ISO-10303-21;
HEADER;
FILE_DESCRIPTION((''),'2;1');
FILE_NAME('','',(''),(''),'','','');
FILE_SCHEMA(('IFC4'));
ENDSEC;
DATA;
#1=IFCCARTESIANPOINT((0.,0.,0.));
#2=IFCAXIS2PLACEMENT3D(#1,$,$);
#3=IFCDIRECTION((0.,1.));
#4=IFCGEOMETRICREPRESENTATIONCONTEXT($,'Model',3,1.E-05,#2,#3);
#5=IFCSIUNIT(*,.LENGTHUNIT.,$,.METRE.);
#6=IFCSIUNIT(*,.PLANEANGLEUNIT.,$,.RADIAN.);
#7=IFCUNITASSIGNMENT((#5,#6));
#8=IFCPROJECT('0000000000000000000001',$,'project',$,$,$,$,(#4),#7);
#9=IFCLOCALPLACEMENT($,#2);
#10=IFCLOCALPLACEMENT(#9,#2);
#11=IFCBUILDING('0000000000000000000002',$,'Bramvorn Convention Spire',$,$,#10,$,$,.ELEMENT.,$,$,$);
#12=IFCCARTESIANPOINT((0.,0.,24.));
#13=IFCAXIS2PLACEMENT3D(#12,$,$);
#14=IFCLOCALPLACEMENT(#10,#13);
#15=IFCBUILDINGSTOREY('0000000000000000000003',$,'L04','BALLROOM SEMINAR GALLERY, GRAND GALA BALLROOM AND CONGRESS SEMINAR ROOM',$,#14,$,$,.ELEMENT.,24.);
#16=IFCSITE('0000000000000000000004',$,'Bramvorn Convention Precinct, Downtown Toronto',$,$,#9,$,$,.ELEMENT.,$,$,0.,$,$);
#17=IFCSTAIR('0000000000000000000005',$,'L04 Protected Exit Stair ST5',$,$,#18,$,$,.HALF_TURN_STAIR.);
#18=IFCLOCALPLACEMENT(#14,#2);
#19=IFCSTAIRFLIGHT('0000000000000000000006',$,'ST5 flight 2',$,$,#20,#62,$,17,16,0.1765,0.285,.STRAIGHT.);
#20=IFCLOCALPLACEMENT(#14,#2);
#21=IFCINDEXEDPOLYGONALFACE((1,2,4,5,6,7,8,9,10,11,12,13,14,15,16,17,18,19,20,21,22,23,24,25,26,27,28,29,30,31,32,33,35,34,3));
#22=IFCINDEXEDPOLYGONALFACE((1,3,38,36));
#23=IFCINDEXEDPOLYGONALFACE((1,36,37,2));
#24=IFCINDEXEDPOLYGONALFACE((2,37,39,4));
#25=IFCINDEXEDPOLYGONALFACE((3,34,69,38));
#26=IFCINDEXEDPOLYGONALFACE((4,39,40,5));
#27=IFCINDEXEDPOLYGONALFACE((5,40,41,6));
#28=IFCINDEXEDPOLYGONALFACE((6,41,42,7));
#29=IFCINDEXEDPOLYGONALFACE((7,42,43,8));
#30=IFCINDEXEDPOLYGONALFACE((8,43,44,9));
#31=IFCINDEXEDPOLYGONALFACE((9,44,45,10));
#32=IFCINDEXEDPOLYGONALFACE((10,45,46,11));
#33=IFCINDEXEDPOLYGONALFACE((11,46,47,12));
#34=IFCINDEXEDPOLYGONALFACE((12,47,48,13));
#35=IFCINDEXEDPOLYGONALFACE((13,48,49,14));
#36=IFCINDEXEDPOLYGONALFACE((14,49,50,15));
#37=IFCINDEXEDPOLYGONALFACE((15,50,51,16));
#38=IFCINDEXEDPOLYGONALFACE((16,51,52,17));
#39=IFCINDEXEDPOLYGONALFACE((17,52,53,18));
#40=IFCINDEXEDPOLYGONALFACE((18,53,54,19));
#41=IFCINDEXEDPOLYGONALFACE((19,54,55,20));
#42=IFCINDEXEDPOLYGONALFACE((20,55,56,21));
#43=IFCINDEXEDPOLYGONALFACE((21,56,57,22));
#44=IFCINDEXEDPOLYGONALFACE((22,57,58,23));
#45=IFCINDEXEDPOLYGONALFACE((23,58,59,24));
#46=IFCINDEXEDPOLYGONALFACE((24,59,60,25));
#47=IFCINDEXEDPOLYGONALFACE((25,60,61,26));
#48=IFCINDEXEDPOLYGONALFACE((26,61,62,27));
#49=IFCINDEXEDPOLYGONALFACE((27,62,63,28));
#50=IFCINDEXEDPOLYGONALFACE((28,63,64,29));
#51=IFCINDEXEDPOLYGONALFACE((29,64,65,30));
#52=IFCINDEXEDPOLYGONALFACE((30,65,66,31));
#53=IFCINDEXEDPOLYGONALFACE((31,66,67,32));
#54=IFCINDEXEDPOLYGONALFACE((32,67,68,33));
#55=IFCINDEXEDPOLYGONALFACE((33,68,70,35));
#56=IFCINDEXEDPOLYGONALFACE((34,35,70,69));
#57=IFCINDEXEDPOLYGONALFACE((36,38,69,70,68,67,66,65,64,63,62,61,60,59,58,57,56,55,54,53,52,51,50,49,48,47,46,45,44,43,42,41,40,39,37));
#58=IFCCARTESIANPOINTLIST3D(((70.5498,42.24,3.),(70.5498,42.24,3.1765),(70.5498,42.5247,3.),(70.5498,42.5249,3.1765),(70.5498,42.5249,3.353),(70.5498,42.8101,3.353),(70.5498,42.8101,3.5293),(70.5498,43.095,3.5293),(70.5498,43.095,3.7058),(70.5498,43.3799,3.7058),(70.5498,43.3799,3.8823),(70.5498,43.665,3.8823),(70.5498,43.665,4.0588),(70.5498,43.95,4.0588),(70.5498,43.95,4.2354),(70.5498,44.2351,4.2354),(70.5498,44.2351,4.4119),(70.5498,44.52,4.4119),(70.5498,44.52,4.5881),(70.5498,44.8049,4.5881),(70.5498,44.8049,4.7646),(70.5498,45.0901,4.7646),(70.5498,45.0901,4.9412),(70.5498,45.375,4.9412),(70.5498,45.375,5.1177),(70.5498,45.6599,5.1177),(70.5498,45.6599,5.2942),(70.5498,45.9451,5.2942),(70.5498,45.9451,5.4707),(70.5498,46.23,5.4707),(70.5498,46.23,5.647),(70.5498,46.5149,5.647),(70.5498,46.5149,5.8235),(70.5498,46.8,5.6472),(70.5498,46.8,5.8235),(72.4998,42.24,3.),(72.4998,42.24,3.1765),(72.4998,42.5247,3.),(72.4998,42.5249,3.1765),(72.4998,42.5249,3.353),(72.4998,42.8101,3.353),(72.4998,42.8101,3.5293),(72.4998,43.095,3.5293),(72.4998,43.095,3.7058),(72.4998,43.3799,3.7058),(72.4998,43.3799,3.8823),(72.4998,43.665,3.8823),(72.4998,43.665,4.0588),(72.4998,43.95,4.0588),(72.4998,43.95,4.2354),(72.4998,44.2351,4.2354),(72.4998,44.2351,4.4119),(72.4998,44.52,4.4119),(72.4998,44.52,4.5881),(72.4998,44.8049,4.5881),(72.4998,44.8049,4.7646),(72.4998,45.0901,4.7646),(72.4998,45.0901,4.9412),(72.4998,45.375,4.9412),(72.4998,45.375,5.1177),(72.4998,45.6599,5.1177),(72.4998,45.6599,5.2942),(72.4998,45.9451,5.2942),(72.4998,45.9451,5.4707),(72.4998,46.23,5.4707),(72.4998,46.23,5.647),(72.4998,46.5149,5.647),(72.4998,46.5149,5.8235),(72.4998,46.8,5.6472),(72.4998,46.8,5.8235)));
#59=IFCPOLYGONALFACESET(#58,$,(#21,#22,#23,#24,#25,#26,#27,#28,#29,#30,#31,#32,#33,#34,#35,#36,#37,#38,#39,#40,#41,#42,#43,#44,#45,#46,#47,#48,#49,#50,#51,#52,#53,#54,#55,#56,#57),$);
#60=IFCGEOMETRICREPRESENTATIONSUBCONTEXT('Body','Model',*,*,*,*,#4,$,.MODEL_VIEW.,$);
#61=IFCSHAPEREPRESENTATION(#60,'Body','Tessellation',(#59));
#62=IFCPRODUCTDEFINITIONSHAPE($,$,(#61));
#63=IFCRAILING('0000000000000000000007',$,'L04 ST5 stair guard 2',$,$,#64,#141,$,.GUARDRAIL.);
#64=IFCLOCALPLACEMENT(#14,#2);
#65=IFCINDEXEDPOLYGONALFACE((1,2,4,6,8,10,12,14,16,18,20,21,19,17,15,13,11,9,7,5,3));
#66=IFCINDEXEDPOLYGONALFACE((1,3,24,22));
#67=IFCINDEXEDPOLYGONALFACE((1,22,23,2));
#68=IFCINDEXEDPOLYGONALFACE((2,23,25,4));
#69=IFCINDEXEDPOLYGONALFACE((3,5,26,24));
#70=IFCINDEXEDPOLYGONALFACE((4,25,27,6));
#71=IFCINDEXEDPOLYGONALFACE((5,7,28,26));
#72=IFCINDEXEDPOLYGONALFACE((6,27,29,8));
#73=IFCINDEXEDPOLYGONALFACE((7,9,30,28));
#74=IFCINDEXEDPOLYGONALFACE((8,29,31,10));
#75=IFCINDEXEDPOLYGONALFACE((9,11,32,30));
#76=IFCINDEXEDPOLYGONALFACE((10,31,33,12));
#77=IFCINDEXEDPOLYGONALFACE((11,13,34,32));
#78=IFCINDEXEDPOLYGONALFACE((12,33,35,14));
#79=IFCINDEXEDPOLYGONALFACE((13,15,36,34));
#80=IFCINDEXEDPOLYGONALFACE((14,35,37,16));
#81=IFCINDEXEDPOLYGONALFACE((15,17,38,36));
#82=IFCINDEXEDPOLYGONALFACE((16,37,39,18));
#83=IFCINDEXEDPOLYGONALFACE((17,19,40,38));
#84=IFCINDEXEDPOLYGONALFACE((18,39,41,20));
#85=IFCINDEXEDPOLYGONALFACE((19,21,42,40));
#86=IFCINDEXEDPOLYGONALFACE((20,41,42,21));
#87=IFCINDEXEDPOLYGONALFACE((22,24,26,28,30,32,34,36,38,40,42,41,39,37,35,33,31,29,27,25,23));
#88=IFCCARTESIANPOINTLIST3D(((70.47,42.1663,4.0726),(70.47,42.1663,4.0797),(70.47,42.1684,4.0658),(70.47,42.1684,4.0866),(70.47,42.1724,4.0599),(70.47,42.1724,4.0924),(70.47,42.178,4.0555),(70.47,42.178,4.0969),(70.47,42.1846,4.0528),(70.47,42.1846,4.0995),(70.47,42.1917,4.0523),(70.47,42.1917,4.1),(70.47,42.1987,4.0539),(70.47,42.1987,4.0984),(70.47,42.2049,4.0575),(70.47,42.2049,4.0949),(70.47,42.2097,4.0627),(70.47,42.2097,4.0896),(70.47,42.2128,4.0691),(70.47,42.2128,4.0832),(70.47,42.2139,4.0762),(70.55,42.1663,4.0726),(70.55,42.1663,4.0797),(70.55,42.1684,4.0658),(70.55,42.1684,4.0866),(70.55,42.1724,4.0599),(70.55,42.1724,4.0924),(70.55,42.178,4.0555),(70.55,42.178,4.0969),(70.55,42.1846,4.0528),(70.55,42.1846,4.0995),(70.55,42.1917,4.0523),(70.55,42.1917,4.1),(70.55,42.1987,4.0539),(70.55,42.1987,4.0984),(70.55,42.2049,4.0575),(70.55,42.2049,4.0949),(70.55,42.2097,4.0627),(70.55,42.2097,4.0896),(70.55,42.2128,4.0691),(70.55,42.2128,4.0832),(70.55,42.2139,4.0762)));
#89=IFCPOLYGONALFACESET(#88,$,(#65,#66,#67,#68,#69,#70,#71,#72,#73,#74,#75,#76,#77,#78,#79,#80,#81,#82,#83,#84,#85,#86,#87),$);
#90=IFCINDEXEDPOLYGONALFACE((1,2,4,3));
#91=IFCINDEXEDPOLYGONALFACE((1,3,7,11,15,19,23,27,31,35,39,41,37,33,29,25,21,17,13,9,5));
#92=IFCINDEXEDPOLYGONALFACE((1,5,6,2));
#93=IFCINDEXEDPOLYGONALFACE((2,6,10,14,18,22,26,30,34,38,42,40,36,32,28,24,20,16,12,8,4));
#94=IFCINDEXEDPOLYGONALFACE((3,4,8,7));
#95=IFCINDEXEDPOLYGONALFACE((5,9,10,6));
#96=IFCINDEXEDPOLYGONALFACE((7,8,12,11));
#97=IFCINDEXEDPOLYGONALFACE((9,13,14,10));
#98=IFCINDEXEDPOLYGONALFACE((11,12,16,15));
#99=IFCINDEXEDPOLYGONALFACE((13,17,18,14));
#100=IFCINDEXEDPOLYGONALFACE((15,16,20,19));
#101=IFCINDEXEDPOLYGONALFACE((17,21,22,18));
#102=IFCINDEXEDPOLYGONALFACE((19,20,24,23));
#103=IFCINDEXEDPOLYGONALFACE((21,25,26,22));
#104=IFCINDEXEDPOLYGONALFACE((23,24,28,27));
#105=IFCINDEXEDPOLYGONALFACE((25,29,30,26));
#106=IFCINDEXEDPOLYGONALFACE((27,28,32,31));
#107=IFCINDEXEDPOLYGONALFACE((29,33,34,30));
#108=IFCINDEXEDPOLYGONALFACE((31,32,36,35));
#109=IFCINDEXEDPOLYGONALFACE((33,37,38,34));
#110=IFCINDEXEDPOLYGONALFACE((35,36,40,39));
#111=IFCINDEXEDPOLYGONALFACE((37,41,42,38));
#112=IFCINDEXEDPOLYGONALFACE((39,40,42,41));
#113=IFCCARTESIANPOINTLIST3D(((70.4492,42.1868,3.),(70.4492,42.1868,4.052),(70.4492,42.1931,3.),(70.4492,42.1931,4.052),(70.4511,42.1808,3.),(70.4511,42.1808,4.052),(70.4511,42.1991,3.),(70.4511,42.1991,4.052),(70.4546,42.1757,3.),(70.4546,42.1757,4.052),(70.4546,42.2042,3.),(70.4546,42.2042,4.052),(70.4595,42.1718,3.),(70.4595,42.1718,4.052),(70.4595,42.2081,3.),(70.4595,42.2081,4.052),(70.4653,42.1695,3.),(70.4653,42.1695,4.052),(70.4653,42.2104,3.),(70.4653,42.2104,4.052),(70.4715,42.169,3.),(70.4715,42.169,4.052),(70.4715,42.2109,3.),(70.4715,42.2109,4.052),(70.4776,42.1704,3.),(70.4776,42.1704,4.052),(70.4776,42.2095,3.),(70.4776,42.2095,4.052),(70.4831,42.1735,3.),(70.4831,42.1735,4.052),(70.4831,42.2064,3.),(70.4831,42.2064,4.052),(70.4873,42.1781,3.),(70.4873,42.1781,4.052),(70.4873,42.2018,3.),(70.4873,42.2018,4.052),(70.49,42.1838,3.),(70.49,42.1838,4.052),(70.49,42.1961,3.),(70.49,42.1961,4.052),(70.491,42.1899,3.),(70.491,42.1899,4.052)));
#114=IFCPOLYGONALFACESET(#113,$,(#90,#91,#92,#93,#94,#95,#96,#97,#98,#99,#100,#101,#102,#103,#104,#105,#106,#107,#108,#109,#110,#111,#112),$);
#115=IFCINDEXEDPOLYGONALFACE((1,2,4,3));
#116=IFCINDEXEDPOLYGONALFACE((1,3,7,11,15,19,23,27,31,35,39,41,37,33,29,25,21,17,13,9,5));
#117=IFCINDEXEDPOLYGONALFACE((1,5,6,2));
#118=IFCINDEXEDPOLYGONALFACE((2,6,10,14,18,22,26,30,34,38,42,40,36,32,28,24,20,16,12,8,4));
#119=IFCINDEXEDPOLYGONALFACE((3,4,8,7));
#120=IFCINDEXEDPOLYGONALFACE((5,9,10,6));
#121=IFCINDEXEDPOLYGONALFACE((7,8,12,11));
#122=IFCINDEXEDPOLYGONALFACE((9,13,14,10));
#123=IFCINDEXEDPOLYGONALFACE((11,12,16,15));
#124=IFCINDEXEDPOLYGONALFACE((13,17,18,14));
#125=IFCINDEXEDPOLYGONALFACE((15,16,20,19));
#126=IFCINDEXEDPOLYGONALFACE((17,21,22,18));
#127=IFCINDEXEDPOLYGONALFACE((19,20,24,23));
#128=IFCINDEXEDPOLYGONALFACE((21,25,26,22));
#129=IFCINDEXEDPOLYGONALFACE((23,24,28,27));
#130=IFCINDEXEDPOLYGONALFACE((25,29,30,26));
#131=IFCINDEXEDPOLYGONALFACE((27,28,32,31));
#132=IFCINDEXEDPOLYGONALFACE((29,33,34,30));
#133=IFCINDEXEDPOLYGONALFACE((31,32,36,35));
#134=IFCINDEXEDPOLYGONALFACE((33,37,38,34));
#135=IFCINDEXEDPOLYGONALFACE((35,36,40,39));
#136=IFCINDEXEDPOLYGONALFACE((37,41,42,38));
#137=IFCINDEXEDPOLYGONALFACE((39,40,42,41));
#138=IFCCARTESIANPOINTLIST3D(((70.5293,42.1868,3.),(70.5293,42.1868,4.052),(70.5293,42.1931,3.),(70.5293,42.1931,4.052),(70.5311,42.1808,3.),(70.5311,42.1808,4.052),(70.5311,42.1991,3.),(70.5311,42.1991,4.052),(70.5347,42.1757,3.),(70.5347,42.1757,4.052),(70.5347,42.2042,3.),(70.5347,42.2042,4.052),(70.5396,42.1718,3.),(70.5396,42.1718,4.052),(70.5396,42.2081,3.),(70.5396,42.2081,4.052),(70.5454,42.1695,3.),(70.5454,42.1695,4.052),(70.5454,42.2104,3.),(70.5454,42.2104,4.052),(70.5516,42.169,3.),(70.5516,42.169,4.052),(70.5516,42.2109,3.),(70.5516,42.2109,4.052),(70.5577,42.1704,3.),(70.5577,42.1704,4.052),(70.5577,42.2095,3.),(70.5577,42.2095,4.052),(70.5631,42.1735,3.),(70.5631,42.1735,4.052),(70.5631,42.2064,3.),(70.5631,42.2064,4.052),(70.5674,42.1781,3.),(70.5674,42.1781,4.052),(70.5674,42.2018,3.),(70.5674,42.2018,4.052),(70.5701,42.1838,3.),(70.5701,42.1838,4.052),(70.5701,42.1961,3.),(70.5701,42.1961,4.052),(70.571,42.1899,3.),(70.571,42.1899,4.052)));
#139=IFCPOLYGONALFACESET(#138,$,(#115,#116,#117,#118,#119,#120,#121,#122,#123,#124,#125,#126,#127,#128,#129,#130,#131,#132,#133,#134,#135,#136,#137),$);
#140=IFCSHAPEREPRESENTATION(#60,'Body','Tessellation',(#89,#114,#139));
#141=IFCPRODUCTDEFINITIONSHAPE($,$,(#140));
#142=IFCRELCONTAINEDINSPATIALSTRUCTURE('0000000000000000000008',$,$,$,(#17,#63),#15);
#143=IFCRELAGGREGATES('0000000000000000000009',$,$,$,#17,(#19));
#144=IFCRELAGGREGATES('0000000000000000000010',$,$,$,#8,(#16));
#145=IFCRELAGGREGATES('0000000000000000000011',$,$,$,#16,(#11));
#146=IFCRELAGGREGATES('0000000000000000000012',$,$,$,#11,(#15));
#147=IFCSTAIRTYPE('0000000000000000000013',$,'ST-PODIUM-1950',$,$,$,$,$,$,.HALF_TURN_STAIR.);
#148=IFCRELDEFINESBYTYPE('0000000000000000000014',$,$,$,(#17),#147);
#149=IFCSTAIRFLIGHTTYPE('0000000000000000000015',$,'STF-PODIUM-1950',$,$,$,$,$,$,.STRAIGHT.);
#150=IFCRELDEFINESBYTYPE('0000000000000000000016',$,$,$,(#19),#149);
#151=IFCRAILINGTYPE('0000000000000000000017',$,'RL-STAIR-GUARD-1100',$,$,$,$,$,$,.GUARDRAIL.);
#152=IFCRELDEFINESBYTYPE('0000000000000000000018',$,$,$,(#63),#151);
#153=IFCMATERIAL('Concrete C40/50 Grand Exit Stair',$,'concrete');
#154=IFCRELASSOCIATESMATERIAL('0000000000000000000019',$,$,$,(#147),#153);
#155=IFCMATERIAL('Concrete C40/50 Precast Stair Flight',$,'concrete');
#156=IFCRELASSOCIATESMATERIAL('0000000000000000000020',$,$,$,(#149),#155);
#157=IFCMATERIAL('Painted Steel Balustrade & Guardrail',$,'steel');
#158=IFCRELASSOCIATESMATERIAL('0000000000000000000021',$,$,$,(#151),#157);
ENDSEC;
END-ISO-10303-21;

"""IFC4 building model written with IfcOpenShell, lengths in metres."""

from ifc_helpers import new_model, si_unit, direction, frame, origin, origin_2d, place, context, subcontext, project, spatial, polyline, circle, outline, extrude, material, type_object, element, aggregate, save


model = new_model("IFC4")

# Units and contexts
model_context = context("Model", 3, precision=1e-05, world=origin(), true_north=direction((0.0, 1.0)))
body_context = subcontext(model_context, "Body", "Model", "MODEL_VIEW")
ifc_project = project(units=[si_unit("LENGTHUNIT", "METRE"), si_unit("PLANEANGLEUNIT", "RADIAN")], contexts=[model_context])

# Site, building, storey
site_placement = place(None, origin())
site = spatial("IfcSite", under=ifc_project, at=site_placement, Name="Bramvorn Convention Precinct, Downtown Toronto", CompositionType="ELEMENT", RefElevation=0.0)
building_placement = place(site_placement, origin())
building = spatial("IfcBuilding", under=site, at=building_placement, Name="Bramvorn Convention Spire", CompositionType="ELEMENT")
storey_placement = place(building_placement, frame((0.0, 0.0, 24.0)))
storey = spatial("IfcBuildingStorey", under=building, at=storey_placement, Name="L04", Description="BALLROOM SEMINAR GALLERY, GRAND GALA BALLROOM AND CONGRESS SEMINAR ROOM", CompositionType="ELEMENT", Elevation=24.0)

# Stair, stair flight
ifc_material_1 = material(Name="Concrete C40/50 Grand Exit Stair", Category="concrete")
stair_type = type_object("IfcStairType", Name="ST-PODIUM-1950", PredefinedType="HALF_TURN_STAIR", material=ifc_material_1)
stair_placement = place(storey_placement, origin())
stair = element("IfcStair", 1, at=stair_placement, inside=storey, type_object=stair_type, Name="L04 Protected Exit Stair ST5", PredefinedType="HALF_TURN_STAIR")
ifc_material_2 = material(Name="Concrete C40/50 Precast Stair Flight", Category="concrete")
stair_flight_type = type_object("IfcStairFlightType", Name="STF-PODIUM-1950", PredefinedType="STRAIGHT", material=ifc_material_2)
stair_flight_1_placement = place(storey_placement, frame((71.5249, 42.24, 3.0), z_axis=(0.0, 0.0, 1.0), x_axis=(0.0, 1.0, 0.0)))
stair_flight_1 = element("IfcStairFlight", 2, at=stair_flight_1_placement, type_object=stair_flight_type, Name="ST5 flight 2", NumberOfRisers=17, NumberOfTreads=16, PredefinedType="STRAIGHT", RiserHeight=0.1765, TreadLength=0.285, context=body_context, shape_type="SweptSolid", body=[
    extrude(outline(polyline([(0.0, 0.0), (0.0, 0.1765), (0.2849, 0.1765), (0.2849, 0.353), (0.5701, 0.353), (0.5701, 0.5293), (0.855, 0.5293), (0.855, 0.7058), (1.1399, 0.7058), (1.1399, 0.8823), (1.425, 0.8823), (1.425, 1.0588), (1.71, 1.0588), (1.71, 1.2354), (1.9951, 1.2354), (1.9951, 1.4119), (2.28, 1.4119), (2.28, 1.5881), (2.5649, 1.5881), (2.5649, 1.7646), (2.8501, 1.7646), (2.8501, 1.9412), (3.135, 1.9412), (3.135, 2.1177), (3.4199, 2.1177), (3.4199, 2.2942), (3.7051, 2.2942), (3.7051, 2.4707), (3.99, 2.4707), (3.99, 2.647), (4.2749, 2.647), (4.2749, 2.8235), (4.5601, 2.8235), (4.5601, 3.0), (4.5601, 2.6472), (0.2847, 0.0), (0.0, 0.0)])), frame((0.0, 0.9751, 0.0), z_axis=(0.0, -1.0, 0.0), x_axis=(1.0, 0.0, 0.0)), (0.0, 0.0, 1.0), 1.95),
])
aggregate(stair, [stair_flight_1])

# Railing
ifc_material_3 = material(Name="Painted Steel Balustrade & Guardrail", Category="steel")
railing_type_1 = type_object("IfcRailingType", Name="RL-STAIR-GUARD-1100", PredefinedType="GUARDRAIL", material=ifc_material_3)
railing_1_placement = place(storey_placement, frame((70.47, 42.1899, 3.0)))
element("IfcRailing", 3, at=railing_1_placement, inside=storey, type_object=railing_type_1, Name="L04 ST5 stair guard 2", PredefinedType="GUARDRAIL", context=body_context, shape_type="SweptSolid", body=[
    extrude(circle(Radius=0.0239, at=origin_2d()), frame((0.0, 0.0, 1.0762), z_axis=(1.0, 0.0, 0.0), x_axis=(0.0, 1.0, 0.0)), (0.0, 0.0, 1.0), 0.0801),
    extrude(circle(Radius=0.021, at=origin_2d()), origin(), (0.0, 0.0, 1.0), 1.052),
    extrude(circle(Radius=0.021, at=origin_2d()), frame((0.0801, 0.0, 0.0)), (0.0, 0.0, 1.0), 1.052),
])

save(model, "model.ifc")
